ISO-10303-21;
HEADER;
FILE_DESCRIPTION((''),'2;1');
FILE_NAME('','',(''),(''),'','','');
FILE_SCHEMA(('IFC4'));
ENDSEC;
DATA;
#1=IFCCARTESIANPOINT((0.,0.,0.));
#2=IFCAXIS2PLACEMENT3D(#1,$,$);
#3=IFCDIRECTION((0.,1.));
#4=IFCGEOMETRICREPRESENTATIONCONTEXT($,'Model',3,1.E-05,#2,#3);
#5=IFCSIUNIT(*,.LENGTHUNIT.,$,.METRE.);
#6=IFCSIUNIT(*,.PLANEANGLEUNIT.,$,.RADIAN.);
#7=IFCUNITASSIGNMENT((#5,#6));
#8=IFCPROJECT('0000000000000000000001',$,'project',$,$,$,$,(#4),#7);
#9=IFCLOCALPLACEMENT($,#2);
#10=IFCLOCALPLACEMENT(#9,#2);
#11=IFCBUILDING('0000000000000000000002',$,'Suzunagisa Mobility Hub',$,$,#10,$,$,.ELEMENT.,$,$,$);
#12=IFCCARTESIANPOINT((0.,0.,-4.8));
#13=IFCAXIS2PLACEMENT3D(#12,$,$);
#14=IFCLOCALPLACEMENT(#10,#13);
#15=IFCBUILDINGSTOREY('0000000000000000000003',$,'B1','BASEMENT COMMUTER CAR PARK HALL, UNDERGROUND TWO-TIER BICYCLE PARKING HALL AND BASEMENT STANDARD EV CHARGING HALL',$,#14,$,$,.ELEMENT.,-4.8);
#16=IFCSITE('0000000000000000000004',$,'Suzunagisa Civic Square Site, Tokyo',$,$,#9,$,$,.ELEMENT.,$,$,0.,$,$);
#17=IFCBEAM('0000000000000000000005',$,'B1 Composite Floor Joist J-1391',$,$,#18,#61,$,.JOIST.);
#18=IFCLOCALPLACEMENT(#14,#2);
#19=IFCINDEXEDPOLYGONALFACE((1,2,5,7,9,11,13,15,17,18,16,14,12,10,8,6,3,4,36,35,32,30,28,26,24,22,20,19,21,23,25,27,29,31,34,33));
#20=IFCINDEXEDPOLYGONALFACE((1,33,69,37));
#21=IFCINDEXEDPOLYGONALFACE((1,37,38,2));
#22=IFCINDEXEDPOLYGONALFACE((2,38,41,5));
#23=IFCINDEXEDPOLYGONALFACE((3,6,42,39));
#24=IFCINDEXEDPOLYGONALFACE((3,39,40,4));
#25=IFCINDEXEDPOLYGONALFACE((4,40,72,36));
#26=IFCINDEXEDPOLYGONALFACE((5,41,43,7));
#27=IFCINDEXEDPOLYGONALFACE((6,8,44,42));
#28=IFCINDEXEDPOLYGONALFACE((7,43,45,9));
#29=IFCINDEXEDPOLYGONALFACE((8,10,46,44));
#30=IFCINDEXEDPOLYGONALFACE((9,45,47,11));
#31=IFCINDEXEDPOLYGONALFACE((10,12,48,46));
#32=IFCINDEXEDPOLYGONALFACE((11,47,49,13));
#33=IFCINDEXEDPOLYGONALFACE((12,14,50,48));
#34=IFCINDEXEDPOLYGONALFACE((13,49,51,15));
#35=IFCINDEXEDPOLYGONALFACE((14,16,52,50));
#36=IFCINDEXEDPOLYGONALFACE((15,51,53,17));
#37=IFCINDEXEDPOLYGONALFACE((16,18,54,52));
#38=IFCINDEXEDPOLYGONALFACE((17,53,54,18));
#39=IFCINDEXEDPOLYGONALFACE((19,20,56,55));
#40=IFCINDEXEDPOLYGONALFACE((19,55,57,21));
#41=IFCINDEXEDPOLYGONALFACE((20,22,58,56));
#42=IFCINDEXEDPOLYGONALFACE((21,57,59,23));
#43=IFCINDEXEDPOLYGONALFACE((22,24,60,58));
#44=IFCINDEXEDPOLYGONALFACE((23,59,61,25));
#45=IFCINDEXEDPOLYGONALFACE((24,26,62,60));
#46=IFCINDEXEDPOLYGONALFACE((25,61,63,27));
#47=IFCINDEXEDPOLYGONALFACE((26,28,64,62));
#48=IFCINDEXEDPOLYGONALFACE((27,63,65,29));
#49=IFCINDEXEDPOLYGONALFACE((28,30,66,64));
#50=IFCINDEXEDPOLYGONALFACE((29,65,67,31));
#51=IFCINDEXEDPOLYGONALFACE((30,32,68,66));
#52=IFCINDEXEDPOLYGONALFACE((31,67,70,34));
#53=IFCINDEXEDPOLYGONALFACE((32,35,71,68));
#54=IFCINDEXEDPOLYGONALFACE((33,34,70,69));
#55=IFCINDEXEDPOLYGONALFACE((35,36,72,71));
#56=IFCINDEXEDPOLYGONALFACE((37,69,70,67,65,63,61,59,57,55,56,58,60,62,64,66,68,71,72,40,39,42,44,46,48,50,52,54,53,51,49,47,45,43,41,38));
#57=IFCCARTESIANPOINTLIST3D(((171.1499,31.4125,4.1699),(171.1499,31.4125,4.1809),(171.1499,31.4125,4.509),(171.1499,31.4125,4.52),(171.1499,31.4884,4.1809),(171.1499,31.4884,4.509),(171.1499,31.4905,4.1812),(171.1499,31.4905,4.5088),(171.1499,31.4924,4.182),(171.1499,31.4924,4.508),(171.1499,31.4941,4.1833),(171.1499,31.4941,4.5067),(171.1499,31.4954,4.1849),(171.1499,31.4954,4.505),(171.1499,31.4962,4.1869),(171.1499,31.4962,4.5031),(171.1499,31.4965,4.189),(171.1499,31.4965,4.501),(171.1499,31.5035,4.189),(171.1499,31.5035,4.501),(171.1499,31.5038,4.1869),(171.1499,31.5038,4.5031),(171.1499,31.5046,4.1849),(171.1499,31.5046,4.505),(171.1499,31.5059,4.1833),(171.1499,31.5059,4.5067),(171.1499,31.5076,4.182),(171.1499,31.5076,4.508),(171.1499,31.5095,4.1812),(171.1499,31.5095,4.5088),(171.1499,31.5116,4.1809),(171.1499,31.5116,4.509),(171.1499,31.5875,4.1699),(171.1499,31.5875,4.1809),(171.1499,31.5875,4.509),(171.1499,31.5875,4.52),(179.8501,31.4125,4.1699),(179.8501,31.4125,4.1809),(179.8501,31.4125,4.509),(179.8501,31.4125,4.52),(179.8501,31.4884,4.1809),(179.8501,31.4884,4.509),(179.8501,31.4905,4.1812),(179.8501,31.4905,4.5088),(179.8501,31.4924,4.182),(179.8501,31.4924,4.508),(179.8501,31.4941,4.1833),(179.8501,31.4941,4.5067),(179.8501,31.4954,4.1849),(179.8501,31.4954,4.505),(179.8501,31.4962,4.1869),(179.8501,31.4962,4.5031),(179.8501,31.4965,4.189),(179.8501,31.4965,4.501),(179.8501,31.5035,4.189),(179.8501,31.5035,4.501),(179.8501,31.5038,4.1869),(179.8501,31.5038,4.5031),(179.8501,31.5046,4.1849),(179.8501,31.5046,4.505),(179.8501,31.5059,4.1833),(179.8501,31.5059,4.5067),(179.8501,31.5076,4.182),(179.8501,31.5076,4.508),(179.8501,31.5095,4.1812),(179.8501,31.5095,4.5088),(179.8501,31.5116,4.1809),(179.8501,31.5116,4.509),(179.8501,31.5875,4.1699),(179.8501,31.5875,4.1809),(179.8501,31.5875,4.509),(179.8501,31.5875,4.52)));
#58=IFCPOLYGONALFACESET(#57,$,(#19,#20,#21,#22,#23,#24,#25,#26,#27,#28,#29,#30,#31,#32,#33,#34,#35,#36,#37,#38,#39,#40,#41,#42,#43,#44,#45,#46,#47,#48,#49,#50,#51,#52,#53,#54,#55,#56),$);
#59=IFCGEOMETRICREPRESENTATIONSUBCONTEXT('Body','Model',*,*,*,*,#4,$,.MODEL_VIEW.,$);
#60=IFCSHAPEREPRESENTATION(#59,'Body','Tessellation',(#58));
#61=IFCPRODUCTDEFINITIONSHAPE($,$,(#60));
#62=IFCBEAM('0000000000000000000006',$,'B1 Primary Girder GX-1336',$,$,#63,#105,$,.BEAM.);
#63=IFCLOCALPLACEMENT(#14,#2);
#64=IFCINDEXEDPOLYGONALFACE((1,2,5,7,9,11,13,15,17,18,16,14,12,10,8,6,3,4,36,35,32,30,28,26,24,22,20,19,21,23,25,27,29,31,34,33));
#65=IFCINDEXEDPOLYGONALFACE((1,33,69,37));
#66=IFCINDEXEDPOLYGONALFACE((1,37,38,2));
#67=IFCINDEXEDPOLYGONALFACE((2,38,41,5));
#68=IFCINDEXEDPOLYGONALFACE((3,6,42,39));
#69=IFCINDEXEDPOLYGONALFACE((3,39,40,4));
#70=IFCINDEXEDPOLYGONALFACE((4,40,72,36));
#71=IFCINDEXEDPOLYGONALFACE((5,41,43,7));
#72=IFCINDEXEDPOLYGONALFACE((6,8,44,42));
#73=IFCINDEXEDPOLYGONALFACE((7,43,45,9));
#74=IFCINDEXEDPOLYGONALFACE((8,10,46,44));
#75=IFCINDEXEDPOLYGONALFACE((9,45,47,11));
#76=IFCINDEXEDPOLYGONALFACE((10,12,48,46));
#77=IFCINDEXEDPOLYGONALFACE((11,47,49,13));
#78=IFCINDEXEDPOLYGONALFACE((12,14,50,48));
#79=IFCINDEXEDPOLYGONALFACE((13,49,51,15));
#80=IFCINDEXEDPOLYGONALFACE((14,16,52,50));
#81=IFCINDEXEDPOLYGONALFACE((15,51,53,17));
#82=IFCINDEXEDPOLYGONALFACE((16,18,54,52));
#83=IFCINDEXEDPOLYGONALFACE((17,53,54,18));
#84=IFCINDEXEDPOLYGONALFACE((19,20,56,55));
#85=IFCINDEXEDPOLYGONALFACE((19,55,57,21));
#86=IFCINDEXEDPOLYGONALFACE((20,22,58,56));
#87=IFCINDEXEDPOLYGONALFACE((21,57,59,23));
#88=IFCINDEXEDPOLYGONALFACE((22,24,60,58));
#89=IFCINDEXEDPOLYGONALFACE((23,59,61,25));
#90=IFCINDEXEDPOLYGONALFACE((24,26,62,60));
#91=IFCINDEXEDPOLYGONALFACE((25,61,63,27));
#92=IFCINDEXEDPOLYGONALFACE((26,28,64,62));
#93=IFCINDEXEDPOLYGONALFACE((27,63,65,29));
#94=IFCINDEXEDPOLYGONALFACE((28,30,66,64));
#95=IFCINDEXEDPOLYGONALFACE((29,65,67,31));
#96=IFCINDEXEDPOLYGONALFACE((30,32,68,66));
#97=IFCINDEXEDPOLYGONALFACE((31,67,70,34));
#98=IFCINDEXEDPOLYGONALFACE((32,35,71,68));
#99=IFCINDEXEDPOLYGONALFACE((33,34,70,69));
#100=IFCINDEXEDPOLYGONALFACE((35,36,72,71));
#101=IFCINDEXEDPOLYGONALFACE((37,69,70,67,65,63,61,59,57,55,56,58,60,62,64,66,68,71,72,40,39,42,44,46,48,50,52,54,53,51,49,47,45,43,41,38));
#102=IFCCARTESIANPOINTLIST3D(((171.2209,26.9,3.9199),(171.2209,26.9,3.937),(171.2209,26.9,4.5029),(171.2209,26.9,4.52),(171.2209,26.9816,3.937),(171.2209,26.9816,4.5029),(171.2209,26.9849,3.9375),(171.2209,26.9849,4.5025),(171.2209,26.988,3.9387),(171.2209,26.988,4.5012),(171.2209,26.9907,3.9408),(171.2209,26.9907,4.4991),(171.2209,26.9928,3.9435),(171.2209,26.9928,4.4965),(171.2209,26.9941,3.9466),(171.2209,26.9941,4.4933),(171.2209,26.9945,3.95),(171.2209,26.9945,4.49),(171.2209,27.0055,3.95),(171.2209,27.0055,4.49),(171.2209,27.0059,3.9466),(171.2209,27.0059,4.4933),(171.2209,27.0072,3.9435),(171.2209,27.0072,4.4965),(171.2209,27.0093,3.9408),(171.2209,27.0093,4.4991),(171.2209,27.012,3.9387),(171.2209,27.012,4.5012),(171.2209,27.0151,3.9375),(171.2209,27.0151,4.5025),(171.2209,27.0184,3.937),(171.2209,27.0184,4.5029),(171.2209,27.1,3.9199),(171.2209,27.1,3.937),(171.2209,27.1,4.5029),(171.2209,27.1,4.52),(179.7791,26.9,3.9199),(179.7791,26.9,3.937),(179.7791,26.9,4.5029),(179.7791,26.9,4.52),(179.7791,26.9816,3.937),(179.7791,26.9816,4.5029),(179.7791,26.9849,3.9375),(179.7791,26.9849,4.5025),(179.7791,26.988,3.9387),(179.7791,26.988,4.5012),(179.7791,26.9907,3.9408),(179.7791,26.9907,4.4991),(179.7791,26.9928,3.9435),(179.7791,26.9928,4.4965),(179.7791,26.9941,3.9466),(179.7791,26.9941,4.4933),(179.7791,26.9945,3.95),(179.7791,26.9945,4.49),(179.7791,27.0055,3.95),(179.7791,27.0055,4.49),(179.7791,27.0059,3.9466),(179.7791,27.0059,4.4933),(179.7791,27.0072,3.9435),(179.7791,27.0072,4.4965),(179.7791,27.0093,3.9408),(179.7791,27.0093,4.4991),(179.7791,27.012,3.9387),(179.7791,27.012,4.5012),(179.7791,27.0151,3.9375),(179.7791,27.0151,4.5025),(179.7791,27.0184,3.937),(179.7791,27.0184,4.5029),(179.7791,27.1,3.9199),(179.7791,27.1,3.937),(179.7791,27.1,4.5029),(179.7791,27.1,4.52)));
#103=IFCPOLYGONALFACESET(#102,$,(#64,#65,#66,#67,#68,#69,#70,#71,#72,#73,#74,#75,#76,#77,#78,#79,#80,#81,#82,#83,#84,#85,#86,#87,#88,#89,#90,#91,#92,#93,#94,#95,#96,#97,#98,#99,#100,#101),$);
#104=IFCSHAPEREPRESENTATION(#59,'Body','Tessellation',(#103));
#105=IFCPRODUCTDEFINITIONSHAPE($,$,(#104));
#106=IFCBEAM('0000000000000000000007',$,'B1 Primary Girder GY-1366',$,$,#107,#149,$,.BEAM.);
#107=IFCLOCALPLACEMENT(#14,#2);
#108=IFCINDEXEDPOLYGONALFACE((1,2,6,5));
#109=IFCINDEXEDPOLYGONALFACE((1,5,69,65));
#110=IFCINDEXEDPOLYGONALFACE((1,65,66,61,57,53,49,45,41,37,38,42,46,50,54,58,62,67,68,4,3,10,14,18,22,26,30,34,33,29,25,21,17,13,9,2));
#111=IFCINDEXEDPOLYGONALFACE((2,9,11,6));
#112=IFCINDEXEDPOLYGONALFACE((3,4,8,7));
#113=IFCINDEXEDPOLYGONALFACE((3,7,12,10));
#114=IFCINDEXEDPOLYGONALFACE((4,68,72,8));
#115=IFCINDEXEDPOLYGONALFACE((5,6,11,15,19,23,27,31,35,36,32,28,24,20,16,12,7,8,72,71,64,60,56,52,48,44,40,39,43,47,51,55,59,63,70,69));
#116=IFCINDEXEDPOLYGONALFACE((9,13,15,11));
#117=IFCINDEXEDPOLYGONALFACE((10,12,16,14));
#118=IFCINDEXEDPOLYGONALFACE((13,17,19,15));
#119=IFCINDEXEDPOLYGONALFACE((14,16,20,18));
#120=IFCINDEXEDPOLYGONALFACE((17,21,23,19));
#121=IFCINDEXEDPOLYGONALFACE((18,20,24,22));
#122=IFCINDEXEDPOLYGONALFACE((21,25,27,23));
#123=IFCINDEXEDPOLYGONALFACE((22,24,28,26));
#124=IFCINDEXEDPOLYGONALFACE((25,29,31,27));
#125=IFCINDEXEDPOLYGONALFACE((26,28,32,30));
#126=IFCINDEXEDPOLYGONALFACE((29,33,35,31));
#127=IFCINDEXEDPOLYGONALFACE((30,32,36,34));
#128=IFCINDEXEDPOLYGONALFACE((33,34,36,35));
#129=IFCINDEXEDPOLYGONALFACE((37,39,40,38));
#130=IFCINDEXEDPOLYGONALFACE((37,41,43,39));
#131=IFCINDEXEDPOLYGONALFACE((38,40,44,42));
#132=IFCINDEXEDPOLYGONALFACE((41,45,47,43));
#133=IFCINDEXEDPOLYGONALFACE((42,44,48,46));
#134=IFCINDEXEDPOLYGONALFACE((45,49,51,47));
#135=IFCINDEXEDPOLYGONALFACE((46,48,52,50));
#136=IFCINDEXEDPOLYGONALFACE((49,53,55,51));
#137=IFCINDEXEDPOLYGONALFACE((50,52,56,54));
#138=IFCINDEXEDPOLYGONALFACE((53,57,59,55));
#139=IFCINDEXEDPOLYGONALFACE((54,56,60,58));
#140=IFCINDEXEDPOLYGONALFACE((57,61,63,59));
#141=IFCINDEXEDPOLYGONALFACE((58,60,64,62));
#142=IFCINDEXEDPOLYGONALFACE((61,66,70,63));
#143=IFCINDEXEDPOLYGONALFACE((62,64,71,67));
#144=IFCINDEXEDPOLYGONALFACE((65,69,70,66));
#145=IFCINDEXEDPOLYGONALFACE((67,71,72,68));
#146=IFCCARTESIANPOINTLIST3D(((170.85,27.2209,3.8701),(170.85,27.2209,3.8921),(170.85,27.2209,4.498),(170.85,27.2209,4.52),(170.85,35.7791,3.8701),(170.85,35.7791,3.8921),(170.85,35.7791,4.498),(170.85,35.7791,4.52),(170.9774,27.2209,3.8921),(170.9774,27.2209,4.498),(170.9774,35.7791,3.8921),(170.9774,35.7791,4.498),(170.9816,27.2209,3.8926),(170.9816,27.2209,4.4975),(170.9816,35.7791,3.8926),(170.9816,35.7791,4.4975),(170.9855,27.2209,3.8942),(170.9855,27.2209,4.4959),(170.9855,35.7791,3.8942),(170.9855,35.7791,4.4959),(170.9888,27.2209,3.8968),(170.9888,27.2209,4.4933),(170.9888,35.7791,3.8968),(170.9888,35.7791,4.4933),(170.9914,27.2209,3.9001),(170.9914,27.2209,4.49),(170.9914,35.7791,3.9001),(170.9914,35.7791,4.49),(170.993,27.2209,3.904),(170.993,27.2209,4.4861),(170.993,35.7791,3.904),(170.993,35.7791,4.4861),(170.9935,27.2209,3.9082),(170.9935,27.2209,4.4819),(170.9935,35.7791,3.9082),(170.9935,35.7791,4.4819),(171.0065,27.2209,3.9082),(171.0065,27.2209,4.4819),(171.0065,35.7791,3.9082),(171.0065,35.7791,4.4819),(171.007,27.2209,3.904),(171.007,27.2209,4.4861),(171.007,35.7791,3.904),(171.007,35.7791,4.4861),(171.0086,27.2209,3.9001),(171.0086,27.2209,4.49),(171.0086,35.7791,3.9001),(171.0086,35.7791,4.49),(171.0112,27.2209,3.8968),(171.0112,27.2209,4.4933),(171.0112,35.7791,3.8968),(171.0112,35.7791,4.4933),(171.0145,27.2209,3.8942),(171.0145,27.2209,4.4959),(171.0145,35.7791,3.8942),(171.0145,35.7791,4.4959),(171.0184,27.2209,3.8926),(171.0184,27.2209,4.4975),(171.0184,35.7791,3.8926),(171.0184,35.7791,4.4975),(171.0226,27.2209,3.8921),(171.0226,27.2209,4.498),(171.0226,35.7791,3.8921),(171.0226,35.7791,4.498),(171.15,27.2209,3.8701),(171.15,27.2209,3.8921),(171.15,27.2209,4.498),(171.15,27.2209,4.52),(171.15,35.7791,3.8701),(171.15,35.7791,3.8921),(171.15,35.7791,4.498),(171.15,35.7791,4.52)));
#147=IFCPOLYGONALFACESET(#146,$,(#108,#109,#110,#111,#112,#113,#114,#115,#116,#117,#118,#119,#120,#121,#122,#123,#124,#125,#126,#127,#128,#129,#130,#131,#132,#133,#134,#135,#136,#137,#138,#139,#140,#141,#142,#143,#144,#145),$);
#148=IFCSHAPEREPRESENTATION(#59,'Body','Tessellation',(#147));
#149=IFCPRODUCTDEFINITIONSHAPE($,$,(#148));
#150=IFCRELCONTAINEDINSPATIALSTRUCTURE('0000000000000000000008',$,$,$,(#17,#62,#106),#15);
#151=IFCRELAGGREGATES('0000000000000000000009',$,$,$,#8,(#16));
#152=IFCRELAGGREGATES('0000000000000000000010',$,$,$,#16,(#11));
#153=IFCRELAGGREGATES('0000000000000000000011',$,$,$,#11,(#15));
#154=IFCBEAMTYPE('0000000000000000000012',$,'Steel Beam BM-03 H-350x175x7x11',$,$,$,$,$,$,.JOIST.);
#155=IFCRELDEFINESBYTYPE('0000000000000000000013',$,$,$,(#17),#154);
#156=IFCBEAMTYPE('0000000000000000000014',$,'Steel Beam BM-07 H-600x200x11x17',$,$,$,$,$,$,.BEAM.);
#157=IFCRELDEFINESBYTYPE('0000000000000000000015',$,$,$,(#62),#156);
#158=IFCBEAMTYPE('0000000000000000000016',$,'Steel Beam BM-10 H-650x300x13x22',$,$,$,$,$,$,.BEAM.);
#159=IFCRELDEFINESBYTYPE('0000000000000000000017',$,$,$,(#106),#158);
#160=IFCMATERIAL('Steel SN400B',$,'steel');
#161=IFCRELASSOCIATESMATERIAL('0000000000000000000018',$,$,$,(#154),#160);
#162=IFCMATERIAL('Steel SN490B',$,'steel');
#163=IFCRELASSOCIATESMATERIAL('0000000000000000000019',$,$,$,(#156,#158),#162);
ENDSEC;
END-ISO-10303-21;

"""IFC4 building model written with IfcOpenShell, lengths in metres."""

from ifc_helpers import new_model, si_unit, direction, frame, origin, origin_2d, place, context, subcontext, project, spatial, i_section, extrude, material, material_profile, profile_set, type_object, element, save


model = new_model("IFC4")

# Units and contexts
model_context = context("Model", 3, precision=1e-05, world=origin(), true_north=direction((0.0, 1.0)))
body_context = subcontext(model_context, "Body", "Model", "MODEL_VIEW")
ifc_project = project(units=[si_unit("LENGTHUNIT", "METRE"), si_unit("PLANEANGLEUNIT", "RADIAN")], contexts=[model_context])

# Site, building, storey
site_placement = place(None, origin())
site = spatial("IfcSite", under=ifc_project, at=site_placement, Name="Suzunagisa Civic Square Site, Tokyo", CompositionType="ELEMENT", RefElevation=0.0)
building_placement = place(site_placement, origin())
building = spatial("IfcBuilding", under=site, at=building_placement, Name="Suzunagisa Mobility Hub", CompositionType="ELEMENT")
storey_placement = place(building_placement, frame((0.0, 0.0, -4.8)))
storey = spatial("IfcBuildingStorey", under=building, at=storey_placement, Name="B1", Description="BASEMENT COMMUTER CAR PARK HALL, UNDERGROUND TWO-TIER BICYCLE PARKING HALL AND BASEMENT STANDARD EV CHARGING HALL", CompositionType="ELEMENT", Elevation=-4.8)

# Shared definitions
ifc_material_1 = material(Name="Steel SN490B", Category="steel")

# Beams
ifc_material_2 = material(Name="Steel SN400B", Category="steel")
ifc_material_profile_1 = material_profile(ifc_material_2, i_section(OverallWidth=0.175, OverallDepth=0.3501, WebThickness=0.0071, FlangeThickness=0.011, FilletRadius=0.0081, at=origin_2d()), Name="H-350x175x7x11")
ifc_profile_set_1 = profile_set([ifc_material_profile_1], Name="Steel SN400B")
beam_type_1 = type_object("IfcBeamType", Name="Steel Beam BM-03 H-350x175x7x11", PredefinedType="JOIST", material=ifc_profile_set_1)
beam_1_placement = place(storey_placement, frame((171.1499, 31.5, 4.345), z_axis=(1.0, 0.0, 0.0), x_axis=(0.0, 1.0, 0.0)))
element("IfcBeam", 1, at=beam_1_placement, inside=storey, type_object=beam_type_1, Name="B1 Composite Floor Joist J-1391", PredefinedType="JOIST", context=body_context, shape_type="SweptSolid", body=[
    extrude(i_section(OverallWidth=0.175, OverallDepth=0.3501, WebThickness=0.0071, FlangeThickness=0.011, FilletRadius=0.0081, at=origin_2d()), origin(), (0.0, 0.0, 1.0), 8.7002),
])
ifc_material_profile_2 = material_profile(ifc_material_1, i_section(OverallWidth=0.2, OverallDepth=0.6001, WebThickness=0.011, FlangeThickness=0.0171, FilletRadius=0.0129, at=origin_2d()), Name="H-600x200x11x17")
ifc_profile_set_2 = profile_set([ifc_material_profile_2], Name="Steel SN490B")
beam_type_2 = type_object("IfcBeamType", Name="Steel Beam BM-07 H-600x200x11x17", PredefinedType="BEAM", material=ifc_profile_set_2)
beam_2_placement = place(storey_placement, frame((171.2209, 27.0, 4.22), z_axis=(1.0, 0.0, 0.0), x_axis=(0.0, 1.0, 0.0)))
element("IfcBeam", 2, at=beam_2_placement, inside=storey, type_object=beam_type_2, Name="B1 Primary Girder GX-1336", PredefinedType="BEAM", context=body_context, shape_type="SweptSolid", body=[
    extrude(i_section(OverallWidth=0.2, OverallDepth=0.6001, WebThickness=0.011, FlangeThickness=0.0171, FilletRadius=0.0129, at=origin_2d()), origin(), (0.0, 0.0, 1.0), 8.5581),
])
ifc_material_profile_3 = material_profile(ifc_material_1, i_section(OverallWidth=0.3, OverallDepth=0.6499, WebThickness=0.0129, FlangeThickness=0.022, FilletRadius=0.0161, at=origin_2d()), Name="H-650x300x13x22")
ifc_profile_set_3 = profile_set([ifc_material_profile_3], Name="Steel SN490B")
beam_type_3 = type_object("IfcBeamType", Name="Steel Beam BM-10 H-650x300x13x22", PredefinedType="BEAM", material=ifc_profile_set_3)
beam_3_placement = place(storey_placement, frame((171.0, 27.2209, 4.1951), z_axis=(0.0, 1.0, 0.0), x_axis=(-1.0, 0.0, 0.0)))
element("IfcBeam", 3, at=beam_3_placement, inside=storey, type_object=beam_type_3, Name="B1 Primary Girder GY-1366", PredefinedType="BEAM", context=body_context, shape_type="SweptSolid", body=[
    extrude(i_section(OverallWidth=0.3, OverallDepth=0.6499, WebThickness=0.0129, FlangeThickness=0.022, FilletRadius=0.0161, at=origin_2d()), origin(), (0.0, 0.0, 1.0), 8.5581),
])

save(model, "model.ifc")
